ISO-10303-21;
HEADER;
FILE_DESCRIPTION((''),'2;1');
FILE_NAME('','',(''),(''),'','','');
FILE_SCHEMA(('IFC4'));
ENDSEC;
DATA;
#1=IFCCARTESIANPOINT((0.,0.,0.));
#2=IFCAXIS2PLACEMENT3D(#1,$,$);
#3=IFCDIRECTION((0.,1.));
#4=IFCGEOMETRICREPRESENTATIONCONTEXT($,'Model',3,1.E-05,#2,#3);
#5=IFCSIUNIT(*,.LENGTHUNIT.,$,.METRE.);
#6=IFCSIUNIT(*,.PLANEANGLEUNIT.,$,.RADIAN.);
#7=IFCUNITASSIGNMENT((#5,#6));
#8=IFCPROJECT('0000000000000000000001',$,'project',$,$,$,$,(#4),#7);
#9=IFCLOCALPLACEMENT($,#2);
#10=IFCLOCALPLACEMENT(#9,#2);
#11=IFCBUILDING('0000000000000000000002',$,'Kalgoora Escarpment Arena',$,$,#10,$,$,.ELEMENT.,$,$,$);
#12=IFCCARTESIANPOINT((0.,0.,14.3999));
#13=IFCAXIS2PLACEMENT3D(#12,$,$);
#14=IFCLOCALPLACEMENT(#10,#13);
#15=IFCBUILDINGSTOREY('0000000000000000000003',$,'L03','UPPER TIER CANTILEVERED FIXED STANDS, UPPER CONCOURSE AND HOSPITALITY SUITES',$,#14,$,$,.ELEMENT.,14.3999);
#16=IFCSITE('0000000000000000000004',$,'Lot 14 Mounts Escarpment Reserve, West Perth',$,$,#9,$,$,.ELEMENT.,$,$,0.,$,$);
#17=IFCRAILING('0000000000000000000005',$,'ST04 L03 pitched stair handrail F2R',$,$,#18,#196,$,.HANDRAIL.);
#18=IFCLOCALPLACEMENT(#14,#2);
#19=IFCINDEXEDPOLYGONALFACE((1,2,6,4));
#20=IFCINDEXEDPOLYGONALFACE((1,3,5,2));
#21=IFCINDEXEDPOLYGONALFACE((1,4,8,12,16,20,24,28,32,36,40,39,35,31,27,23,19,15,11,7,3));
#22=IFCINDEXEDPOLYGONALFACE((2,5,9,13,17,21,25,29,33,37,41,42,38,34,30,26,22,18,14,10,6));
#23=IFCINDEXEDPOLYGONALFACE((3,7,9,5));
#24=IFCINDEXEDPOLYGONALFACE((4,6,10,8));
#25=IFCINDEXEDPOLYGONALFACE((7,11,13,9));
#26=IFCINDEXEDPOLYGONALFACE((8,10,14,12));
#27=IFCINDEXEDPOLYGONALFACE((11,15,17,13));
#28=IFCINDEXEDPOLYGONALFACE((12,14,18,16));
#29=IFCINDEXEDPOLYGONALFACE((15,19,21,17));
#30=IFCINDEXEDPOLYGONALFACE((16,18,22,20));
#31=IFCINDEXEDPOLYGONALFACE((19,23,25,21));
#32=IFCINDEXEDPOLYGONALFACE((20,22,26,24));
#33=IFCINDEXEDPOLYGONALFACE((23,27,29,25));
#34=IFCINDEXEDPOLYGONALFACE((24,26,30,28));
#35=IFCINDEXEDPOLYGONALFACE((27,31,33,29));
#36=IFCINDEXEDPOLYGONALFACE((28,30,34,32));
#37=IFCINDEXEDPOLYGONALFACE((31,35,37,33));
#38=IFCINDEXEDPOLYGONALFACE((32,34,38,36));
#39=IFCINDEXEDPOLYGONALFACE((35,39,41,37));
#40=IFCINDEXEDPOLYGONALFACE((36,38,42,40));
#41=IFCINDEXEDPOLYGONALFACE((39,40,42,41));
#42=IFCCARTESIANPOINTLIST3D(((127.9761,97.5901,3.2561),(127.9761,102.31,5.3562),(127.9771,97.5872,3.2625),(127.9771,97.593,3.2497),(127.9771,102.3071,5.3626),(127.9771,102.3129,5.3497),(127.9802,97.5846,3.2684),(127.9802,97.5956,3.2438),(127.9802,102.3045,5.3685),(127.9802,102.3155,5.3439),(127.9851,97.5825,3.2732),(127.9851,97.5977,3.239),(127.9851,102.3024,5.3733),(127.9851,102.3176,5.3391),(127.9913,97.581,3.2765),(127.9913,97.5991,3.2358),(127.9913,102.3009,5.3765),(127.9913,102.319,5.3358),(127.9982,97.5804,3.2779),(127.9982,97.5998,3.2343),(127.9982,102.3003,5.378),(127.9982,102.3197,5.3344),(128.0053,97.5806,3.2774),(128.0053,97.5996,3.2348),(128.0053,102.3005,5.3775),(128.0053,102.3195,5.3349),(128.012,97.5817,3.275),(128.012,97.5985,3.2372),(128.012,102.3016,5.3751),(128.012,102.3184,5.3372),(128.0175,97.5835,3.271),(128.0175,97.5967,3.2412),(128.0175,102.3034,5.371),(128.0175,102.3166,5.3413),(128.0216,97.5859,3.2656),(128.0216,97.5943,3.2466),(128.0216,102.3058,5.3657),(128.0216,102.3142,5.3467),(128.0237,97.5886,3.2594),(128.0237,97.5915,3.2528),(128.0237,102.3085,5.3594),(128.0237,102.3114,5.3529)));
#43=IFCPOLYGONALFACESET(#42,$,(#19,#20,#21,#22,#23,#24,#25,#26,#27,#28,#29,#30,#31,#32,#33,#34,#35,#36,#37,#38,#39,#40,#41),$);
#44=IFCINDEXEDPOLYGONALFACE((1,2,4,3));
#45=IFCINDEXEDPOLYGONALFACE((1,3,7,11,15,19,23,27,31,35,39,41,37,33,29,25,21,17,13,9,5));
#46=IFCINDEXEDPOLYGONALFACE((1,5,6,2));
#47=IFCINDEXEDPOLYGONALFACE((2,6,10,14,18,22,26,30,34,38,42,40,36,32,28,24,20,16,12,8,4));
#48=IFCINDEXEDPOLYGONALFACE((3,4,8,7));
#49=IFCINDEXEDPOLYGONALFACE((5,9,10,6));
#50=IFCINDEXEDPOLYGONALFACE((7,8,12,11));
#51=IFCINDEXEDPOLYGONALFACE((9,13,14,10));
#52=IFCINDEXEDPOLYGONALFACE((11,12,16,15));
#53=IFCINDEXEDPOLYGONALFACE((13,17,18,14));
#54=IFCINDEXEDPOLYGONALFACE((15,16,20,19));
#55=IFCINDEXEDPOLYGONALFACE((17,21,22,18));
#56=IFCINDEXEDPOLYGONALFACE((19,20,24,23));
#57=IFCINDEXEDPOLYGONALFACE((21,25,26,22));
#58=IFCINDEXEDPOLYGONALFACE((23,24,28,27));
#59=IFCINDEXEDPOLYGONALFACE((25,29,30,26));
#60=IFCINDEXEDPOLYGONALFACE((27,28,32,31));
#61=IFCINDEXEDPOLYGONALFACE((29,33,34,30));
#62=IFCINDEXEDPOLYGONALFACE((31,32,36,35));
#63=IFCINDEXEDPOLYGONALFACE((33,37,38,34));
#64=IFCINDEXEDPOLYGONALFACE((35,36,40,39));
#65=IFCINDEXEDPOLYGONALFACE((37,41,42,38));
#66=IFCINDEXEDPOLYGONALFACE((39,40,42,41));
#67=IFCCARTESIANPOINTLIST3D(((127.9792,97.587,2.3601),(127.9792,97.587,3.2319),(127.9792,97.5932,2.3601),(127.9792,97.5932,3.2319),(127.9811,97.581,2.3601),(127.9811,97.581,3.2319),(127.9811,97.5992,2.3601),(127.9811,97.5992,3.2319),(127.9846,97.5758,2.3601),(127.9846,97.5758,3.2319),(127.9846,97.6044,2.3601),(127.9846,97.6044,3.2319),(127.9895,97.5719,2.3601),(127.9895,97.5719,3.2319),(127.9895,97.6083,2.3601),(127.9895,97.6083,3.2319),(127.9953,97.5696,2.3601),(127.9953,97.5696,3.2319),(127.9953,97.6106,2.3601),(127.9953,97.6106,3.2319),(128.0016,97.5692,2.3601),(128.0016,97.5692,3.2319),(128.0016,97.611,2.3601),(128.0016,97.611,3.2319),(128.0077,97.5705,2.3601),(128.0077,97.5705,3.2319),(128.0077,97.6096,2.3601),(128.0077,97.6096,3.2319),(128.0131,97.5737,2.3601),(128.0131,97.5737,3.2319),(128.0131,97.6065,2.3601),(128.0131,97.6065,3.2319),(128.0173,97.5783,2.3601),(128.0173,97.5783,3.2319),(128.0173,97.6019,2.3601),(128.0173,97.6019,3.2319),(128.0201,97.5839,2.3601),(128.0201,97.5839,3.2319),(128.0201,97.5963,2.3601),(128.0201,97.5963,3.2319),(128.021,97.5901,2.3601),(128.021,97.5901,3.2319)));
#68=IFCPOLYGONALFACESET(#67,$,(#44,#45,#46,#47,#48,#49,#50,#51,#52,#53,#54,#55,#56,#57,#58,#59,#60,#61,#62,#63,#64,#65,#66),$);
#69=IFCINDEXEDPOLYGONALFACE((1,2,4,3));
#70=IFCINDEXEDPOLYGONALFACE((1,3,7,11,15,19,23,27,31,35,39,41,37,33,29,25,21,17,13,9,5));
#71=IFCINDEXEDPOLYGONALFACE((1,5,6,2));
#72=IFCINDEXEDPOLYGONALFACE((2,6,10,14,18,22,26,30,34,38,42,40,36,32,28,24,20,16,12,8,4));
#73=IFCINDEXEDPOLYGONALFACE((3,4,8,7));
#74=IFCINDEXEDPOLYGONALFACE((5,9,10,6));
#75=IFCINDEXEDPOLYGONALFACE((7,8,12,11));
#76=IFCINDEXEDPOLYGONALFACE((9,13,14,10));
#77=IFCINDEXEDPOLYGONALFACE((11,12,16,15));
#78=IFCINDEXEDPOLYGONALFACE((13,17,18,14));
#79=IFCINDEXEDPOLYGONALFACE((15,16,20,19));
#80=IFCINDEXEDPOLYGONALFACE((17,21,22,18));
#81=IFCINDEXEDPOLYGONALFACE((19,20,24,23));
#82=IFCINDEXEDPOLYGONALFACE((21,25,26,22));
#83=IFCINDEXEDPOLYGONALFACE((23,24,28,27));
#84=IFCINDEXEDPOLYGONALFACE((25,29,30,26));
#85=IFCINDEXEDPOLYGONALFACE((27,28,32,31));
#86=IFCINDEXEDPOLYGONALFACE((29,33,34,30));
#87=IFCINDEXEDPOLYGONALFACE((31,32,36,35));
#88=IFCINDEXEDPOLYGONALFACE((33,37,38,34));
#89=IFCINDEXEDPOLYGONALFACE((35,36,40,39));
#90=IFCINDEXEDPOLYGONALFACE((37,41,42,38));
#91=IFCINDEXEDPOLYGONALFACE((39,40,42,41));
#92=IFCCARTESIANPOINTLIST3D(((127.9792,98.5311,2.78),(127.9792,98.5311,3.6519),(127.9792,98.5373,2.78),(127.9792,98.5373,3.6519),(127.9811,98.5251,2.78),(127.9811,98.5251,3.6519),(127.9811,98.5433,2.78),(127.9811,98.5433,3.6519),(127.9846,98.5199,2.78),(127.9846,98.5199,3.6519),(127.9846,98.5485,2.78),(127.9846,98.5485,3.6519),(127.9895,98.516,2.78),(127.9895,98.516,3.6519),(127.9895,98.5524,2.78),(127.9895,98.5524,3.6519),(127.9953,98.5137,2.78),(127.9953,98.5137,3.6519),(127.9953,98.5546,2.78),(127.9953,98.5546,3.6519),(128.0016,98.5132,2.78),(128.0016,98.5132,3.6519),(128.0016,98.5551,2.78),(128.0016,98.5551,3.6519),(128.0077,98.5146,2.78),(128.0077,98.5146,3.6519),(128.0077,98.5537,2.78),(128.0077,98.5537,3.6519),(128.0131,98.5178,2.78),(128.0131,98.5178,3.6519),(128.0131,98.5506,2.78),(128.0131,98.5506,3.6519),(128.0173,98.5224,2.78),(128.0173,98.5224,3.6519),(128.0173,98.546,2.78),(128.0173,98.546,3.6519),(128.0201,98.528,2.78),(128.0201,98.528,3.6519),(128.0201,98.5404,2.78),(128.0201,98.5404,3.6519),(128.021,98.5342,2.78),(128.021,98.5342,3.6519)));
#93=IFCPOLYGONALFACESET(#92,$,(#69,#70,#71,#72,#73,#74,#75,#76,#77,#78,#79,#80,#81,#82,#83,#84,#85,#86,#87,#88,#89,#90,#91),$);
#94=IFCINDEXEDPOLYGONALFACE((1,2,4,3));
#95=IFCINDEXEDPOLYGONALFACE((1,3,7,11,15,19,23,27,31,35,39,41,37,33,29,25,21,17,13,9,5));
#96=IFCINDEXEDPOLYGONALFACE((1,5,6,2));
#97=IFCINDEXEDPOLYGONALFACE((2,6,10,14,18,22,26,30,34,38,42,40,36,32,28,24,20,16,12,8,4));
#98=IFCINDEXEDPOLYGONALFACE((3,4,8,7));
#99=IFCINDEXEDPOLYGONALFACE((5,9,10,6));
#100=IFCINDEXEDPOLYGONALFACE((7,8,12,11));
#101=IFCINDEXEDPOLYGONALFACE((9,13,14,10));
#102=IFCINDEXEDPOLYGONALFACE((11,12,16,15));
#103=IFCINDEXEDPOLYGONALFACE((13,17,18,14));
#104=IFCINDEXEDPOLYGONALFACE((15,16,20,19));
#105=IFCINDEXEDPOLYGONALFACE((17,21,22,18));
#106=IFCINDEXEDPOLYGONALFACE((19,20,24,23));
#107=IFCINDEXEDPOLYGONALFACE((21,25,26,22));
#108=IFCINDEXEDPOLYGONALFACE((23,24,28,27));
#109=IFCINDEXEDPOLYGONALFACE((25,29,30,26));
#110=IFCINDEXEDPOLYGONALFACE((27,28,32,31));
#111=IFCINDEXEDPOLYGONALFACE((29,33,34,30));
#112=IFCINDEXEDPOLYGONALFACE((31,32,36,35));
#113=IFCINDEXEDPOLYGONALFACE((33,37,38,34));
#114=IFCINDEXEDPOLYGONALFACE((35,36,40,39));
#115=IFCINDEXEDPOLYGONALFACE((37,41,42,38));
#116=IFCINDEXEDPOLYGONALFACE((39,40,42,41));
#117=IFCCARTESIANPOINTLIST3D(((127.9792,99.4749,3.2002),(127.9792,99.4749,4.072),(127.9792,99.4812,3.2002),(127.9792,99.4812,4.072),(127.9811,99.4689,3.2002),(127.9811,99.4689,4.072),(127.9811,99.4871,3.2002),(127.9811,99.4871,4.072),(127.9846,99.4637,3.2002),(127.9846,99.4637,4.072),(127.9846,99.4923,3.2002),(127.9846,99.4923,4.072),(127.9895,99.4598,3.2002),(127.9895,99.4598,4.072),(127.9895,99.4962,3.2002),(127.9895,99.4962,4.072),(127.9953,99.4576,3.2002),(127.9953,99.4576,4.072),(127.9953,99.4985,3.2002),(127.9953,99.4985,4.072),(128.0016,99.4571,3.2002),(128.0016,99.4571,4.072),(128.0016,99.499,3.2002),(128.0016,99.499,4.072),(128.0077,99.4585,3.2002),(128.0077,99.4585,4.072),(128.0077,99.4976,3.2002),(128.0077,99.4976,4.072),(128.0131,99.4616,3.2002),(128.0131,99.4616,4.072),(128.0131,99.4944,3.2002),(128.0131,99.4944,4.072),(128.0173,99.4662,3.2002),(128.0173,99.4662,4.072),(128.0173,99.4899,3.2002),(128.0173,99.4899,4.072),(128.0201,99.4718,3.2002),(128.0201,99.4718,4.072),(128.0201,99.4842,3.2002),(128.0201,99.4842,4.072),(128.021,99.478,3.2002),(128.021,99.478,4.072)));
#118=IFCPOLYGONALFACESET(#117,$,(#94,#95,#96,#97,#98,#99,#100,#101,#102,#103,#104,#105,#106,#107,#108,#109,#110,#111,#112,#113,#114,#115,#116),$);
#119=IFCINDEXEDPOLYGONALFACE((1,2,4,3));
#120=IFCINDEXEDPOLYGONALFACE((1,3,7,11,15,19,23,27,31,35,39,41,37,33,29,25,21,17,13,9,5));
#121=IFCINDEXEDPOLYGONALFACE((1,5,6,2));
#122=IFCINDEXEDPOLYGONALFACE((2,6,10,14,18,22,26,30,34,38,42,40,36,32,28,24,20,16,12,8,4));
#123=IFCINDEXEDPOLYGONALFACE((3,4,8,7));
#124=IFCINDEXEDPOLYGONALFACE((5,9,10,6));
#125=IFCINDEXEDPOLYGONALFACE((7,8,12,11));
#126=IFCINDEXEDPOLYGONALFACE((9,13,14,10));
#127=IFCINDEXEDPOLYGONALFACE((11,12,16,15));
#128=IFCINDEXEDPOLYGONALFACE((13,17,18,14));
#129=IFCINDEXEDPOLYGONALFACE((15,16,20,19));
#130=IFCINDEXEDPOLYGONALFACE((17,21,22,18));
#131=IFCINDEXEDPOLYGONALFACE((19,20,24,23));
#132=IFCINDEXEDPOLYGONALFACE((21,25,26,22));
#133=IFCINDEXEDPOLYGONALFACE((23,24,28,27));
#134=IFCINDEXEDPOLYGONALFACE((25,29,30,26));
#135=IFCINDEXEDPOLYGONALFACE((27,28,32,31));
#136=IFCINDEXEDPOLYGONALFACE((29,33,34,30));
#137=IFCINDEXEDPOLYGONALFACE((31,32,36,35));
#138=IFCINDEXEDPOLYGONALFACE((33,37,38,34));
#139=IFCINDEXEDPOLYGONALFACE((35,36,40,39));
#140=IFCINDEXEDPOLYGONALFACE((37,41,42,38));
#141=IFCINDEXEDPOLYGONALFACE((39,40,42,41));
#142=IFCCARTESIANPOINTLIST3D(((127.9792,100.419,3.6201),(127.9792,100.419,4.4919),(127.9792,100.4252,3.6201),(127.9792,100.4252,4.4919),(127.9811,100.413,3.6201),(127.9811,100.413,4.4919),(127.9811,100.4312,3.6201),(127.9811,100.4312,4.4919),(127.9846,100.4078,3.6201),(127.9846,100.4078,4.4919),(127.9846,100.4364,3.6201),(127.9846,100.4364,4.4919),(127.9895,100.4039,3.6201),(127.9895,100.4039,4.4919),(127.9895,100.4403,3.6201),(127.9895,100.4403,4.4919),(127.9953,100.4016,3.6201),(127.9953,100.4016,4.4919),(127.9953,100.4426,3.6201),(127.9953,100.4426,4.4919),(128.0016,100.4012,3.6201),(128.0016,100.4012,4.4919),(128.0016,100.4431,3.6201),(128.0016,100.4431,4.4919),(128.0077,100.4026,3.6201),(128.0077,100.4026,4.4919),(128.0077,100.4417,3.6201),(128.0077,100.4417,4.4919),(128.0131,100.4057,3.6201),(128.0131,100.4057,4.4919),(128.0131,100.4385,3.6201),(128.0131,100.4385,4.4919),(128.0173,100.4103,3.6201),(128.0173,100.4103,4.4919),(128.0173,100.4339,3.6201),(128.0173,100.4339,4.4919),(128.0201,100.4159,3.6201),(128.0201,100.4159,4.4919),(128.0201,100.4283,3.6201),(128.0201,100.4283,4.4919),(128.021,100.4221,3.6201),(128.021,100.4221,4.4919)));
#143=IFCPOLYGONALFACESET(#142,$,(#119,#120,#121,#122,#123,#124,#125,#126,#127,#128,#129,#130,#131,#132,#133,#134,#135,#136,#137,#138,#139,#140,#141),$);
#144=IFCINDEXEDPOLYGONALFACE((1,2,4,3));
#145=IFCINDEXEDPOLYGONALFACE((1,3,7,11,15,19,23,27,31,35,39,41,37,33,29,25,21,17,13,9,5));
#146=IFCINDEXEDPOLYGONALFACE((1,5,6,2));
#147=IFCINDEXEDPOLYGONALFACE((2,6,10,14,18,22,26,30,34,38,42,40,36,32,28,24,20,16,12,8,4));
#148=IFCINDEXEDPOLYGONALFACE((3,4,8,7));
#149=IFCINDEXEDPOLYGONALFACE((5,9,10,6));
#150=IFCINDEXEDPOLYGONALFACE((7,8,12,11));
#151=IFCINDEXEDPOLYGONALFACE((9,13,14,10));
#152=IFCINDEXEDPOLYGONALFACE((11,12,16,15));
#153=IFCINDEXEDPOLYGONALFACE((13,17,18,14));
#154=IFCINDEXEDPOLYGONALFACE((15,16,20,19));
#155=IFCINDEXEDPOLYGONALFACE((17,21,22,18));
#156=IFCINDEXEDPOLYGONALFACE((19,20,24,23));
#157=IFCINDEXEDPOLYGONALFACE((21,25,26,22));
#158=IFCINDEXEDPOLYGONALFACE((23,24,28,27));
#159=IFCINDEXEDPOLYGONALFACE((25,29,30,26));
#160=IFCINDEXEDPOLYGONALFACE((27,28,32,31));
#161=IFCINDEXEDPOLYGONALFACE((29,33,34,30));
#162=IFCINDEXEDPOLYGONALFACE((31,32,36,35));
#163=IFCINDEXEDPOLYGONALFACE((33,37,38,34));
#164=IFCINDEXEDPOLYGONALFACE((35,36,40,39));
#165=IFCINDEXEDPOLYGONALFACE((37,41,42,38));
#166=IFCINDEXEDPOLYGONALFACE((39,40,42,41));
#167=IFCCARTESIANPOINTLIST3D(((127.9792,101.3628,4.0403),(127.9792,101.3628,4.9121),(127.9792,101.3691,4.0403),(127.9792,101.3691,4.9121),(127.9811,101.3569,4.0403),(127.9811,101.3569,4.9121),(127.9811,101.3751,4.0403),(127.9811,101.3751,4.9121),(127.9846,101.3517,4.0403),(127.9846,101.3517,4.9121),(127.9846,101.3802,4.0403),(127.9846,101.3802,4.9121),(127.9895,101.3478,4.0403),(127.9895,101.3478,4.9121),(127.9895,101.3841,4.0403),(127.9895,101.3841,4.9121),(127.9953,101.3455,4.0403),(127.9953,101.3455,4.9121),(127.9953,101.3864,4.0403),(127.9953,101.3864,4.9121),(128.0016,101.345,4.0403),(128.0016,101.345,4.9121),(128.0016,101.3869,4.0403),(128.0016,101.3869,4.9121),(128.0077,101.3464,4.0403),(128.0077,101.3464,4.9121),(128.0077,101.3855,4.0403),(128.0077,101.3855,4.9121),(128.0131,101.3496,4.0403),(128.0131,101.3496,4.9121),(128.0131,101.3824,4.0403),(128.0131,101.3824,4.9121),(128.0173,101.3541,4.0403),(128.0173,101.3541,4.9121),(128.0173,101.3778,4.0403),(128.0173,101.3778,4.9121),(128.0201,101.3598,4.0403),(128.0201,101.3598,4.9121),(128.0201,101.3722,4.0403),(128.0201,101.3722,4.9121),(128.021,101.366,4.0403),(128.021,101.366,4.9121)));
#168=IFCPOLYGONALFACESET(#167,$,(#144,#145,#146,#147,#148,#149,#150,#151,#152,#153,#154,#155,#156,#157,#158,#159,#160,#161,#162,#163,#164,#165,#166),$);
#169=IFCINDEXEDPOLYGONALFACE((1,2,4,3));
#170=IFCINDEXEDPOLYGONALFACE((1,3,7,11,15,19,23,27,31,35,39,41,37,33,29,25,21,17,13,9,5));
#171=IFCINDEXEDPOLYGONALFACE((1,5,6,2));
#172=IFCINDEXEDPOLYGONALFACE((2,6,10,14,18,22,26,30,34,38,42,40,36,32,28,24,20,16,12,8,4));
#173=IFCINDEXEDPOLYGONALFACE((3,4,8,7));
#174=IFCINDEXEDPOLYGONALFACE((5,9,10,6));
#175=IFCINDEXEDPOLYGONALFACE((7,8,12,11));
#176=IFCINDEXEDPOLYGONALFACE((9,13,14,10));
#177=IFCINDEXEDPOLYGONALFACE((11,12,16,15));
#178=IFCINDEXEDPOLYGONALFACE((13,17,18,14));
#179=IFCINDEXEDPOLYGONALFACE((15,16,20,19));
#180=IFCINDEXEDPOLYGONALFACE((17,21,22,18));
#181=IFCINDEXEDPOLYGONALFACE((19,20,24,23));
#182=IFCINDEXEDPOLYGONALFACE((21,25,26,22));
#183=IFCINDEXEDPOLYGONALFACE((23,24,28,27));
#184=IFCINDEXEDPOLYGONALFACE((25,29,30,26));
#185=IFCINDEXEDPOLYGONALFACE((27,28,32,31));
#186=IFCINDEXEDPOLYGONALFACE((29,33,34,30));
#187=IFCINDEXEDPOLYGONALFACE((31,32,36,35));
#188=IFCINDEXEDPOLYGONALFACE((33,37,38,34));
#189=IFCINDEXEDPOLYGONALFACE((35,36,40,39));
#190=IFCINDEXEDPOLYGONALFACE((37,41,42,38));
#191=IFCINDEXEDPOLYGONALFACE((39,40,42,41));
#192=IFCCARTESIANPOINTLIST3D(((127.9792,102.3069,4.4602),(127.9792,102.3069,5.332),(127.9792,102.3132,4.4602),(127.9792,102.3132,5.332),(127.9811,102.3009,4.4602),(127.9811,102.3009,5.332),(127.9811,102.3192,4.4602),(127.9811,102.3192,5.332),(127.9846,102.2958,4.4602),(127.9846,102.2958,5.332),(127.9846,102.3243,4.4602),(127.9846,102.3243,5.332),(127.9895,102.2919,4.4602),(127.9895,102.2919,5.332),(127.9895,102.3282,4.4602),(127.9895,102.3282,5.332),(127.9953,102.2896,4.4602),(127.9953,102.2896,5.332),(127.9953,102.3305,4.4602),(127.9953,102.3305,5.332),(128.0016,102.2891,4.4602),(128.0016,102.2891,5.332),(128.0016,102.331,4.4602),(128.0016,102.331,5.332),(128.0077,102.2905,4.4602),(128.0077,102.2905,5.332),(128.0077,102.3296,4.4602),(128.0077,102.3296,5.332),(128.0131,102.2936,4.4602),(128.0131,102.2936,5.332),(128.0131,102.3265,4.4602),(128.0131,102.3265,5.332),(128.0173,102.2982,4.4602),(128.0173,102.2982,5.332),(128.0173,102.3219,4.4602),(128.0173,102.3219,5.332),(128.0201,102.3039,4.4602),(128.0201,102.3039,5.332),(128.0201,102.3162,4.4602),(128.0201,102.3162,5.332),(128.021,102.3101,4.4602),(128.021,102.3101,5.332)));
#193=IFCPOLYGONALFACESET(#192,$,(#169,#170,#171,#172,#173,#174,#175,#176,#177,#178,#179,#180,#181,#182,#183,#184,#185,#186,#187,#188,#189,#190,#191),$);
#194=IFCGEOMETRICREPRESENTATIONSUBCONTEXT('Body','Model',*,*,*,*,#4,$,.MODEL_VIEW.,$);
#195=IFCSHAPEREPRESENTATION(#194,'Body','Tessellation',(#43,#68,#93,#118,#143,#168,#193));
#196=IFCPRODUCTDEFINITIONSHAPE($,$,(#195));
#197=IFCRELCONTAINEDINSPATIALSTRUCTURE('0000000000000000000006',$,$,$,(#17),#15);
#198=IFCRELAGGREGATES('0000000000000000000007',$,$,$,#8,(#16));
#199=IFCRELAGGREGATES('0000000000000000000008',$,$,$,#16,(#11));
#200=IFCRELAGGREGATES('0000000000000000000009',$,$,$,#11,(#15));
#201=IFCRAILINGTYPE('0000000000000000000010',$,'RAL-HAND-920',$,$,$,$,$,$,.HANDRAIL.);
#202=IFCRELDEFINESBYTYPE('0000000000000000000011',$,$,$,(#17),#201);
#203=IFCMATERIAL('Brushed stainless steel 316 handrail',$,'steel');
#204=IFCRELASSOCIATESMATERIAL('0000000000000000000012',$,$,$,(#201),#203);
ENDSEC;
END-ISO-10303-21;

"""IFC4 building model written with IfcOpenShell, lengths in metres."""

from ifc_helpers import new_model, si_unit, direction, frame, origin, origin_2d, place, context, subcontext, project, spatial, circle, extrude, material, type_object, element, save


model = new_model("IFC4")

# Units and contexts
model_context = context("Model", 3, precision=1e-05, world=origin(), true_north=direction((0.0, 1.0)))
body_context = subcontext(model_context, "Body", "Model", "MODEL_VIEW")
ifc_project = project(units=[si_unit("LENGTHUNIT", "METRE"), si_unit("PLANEANGLEUNIT", "RADIAN")], contexts=[model_context])

# Site, building, storey
site_placement = place(None, origin())
site = spatial("IfcSite", under=ifc_project, at=site_placement, Name="Lot 14 Mounts Escarpment Reserve, West Perth", CompositionType="ELEMENT", RefElevation=0.0)
building_placement = place(site_placement, origin())
building = spatial("IfcBuilding", under=site, at=building_placement, Name="Kalgoora Escarpment Arena", CompositionType="ELEMENT")
storey_placement = place(building_placement, frame((0.0, 0.0, 14.3999)))
storey = spatial("IfcBuildingStorey", under=building, at=storey_placement, Name="L03", Description="UPPER TIER CANTILEVERED FIXED STANDS, UPPER CONCOURSE AND HOSPITALITY SUITES", CompositionType="ELEMENT", Elevation=14.3999)

# Railing
ifc_material_1 = material(Name="Brushed stainless steel 316 handrail", Category="steel")
railing_type_1 = type_object("IfcRailingType", Name="RAL-HAND-920", PredefinedType="HANDRAIL", material=ifc_material_1)
for number, where, name in (
    (1, (128.0, 97.5901, 2.3601), "ST04 L03 pitched stair handrail F2R"),
):
    element("IfcRailing", number, at=place(storey_placement, frame(where)), inside=storey, type_object=railing_type_1, Name=name, PredefinedType="HANDRAIL", context=body_context, shape_type="SweptSolid", body=[
        extrude(circle(Radius=0.0239, at=origin_2d()), frame((0.0, 0.0, 0.896), z_axis=(0.0, 0.913644, 0.406516), x_axis=(-1.0, 0.0, 0.0)), (0.0, 0.0, 1.0), 5.166),
        extrude(circle(Radius=0.021, at=origin_2d()), origin(), (0.0, 0.0, 1.0), 0.8718),
        extrude(circle(Radius=0.021, at=origin_2d()), frame((0.0, 0.9441, 0.4199)), (0.0, 0.0, 1.0), 0.8718),
        extrude(circle(Radius=0.021, at=origin_2d()), frame((0.0, 1.8879, 0.8401)), (0.0, 0.0, 1.0), 0.8718),
        extrude(circle(Radius=0.021, at=origin_2d()), frame((0.0, 2.832, 1.26)), (0.0, 0.0, 1.0), 0.8718),
        extrude(circle(Radius=0.021, at=origin_2d()), frame((0.0, 3.7759, 1.6802)), (0.0, 0.0, 1.0), 0.8718),
        extrude(circle(Radius=0.021, at=origin_2d()), frame((0.0, 4.72, 2.1001)), (0.0, 0.0, 1.0), 0.8718),
    ])

save(model, "model.ifc")
